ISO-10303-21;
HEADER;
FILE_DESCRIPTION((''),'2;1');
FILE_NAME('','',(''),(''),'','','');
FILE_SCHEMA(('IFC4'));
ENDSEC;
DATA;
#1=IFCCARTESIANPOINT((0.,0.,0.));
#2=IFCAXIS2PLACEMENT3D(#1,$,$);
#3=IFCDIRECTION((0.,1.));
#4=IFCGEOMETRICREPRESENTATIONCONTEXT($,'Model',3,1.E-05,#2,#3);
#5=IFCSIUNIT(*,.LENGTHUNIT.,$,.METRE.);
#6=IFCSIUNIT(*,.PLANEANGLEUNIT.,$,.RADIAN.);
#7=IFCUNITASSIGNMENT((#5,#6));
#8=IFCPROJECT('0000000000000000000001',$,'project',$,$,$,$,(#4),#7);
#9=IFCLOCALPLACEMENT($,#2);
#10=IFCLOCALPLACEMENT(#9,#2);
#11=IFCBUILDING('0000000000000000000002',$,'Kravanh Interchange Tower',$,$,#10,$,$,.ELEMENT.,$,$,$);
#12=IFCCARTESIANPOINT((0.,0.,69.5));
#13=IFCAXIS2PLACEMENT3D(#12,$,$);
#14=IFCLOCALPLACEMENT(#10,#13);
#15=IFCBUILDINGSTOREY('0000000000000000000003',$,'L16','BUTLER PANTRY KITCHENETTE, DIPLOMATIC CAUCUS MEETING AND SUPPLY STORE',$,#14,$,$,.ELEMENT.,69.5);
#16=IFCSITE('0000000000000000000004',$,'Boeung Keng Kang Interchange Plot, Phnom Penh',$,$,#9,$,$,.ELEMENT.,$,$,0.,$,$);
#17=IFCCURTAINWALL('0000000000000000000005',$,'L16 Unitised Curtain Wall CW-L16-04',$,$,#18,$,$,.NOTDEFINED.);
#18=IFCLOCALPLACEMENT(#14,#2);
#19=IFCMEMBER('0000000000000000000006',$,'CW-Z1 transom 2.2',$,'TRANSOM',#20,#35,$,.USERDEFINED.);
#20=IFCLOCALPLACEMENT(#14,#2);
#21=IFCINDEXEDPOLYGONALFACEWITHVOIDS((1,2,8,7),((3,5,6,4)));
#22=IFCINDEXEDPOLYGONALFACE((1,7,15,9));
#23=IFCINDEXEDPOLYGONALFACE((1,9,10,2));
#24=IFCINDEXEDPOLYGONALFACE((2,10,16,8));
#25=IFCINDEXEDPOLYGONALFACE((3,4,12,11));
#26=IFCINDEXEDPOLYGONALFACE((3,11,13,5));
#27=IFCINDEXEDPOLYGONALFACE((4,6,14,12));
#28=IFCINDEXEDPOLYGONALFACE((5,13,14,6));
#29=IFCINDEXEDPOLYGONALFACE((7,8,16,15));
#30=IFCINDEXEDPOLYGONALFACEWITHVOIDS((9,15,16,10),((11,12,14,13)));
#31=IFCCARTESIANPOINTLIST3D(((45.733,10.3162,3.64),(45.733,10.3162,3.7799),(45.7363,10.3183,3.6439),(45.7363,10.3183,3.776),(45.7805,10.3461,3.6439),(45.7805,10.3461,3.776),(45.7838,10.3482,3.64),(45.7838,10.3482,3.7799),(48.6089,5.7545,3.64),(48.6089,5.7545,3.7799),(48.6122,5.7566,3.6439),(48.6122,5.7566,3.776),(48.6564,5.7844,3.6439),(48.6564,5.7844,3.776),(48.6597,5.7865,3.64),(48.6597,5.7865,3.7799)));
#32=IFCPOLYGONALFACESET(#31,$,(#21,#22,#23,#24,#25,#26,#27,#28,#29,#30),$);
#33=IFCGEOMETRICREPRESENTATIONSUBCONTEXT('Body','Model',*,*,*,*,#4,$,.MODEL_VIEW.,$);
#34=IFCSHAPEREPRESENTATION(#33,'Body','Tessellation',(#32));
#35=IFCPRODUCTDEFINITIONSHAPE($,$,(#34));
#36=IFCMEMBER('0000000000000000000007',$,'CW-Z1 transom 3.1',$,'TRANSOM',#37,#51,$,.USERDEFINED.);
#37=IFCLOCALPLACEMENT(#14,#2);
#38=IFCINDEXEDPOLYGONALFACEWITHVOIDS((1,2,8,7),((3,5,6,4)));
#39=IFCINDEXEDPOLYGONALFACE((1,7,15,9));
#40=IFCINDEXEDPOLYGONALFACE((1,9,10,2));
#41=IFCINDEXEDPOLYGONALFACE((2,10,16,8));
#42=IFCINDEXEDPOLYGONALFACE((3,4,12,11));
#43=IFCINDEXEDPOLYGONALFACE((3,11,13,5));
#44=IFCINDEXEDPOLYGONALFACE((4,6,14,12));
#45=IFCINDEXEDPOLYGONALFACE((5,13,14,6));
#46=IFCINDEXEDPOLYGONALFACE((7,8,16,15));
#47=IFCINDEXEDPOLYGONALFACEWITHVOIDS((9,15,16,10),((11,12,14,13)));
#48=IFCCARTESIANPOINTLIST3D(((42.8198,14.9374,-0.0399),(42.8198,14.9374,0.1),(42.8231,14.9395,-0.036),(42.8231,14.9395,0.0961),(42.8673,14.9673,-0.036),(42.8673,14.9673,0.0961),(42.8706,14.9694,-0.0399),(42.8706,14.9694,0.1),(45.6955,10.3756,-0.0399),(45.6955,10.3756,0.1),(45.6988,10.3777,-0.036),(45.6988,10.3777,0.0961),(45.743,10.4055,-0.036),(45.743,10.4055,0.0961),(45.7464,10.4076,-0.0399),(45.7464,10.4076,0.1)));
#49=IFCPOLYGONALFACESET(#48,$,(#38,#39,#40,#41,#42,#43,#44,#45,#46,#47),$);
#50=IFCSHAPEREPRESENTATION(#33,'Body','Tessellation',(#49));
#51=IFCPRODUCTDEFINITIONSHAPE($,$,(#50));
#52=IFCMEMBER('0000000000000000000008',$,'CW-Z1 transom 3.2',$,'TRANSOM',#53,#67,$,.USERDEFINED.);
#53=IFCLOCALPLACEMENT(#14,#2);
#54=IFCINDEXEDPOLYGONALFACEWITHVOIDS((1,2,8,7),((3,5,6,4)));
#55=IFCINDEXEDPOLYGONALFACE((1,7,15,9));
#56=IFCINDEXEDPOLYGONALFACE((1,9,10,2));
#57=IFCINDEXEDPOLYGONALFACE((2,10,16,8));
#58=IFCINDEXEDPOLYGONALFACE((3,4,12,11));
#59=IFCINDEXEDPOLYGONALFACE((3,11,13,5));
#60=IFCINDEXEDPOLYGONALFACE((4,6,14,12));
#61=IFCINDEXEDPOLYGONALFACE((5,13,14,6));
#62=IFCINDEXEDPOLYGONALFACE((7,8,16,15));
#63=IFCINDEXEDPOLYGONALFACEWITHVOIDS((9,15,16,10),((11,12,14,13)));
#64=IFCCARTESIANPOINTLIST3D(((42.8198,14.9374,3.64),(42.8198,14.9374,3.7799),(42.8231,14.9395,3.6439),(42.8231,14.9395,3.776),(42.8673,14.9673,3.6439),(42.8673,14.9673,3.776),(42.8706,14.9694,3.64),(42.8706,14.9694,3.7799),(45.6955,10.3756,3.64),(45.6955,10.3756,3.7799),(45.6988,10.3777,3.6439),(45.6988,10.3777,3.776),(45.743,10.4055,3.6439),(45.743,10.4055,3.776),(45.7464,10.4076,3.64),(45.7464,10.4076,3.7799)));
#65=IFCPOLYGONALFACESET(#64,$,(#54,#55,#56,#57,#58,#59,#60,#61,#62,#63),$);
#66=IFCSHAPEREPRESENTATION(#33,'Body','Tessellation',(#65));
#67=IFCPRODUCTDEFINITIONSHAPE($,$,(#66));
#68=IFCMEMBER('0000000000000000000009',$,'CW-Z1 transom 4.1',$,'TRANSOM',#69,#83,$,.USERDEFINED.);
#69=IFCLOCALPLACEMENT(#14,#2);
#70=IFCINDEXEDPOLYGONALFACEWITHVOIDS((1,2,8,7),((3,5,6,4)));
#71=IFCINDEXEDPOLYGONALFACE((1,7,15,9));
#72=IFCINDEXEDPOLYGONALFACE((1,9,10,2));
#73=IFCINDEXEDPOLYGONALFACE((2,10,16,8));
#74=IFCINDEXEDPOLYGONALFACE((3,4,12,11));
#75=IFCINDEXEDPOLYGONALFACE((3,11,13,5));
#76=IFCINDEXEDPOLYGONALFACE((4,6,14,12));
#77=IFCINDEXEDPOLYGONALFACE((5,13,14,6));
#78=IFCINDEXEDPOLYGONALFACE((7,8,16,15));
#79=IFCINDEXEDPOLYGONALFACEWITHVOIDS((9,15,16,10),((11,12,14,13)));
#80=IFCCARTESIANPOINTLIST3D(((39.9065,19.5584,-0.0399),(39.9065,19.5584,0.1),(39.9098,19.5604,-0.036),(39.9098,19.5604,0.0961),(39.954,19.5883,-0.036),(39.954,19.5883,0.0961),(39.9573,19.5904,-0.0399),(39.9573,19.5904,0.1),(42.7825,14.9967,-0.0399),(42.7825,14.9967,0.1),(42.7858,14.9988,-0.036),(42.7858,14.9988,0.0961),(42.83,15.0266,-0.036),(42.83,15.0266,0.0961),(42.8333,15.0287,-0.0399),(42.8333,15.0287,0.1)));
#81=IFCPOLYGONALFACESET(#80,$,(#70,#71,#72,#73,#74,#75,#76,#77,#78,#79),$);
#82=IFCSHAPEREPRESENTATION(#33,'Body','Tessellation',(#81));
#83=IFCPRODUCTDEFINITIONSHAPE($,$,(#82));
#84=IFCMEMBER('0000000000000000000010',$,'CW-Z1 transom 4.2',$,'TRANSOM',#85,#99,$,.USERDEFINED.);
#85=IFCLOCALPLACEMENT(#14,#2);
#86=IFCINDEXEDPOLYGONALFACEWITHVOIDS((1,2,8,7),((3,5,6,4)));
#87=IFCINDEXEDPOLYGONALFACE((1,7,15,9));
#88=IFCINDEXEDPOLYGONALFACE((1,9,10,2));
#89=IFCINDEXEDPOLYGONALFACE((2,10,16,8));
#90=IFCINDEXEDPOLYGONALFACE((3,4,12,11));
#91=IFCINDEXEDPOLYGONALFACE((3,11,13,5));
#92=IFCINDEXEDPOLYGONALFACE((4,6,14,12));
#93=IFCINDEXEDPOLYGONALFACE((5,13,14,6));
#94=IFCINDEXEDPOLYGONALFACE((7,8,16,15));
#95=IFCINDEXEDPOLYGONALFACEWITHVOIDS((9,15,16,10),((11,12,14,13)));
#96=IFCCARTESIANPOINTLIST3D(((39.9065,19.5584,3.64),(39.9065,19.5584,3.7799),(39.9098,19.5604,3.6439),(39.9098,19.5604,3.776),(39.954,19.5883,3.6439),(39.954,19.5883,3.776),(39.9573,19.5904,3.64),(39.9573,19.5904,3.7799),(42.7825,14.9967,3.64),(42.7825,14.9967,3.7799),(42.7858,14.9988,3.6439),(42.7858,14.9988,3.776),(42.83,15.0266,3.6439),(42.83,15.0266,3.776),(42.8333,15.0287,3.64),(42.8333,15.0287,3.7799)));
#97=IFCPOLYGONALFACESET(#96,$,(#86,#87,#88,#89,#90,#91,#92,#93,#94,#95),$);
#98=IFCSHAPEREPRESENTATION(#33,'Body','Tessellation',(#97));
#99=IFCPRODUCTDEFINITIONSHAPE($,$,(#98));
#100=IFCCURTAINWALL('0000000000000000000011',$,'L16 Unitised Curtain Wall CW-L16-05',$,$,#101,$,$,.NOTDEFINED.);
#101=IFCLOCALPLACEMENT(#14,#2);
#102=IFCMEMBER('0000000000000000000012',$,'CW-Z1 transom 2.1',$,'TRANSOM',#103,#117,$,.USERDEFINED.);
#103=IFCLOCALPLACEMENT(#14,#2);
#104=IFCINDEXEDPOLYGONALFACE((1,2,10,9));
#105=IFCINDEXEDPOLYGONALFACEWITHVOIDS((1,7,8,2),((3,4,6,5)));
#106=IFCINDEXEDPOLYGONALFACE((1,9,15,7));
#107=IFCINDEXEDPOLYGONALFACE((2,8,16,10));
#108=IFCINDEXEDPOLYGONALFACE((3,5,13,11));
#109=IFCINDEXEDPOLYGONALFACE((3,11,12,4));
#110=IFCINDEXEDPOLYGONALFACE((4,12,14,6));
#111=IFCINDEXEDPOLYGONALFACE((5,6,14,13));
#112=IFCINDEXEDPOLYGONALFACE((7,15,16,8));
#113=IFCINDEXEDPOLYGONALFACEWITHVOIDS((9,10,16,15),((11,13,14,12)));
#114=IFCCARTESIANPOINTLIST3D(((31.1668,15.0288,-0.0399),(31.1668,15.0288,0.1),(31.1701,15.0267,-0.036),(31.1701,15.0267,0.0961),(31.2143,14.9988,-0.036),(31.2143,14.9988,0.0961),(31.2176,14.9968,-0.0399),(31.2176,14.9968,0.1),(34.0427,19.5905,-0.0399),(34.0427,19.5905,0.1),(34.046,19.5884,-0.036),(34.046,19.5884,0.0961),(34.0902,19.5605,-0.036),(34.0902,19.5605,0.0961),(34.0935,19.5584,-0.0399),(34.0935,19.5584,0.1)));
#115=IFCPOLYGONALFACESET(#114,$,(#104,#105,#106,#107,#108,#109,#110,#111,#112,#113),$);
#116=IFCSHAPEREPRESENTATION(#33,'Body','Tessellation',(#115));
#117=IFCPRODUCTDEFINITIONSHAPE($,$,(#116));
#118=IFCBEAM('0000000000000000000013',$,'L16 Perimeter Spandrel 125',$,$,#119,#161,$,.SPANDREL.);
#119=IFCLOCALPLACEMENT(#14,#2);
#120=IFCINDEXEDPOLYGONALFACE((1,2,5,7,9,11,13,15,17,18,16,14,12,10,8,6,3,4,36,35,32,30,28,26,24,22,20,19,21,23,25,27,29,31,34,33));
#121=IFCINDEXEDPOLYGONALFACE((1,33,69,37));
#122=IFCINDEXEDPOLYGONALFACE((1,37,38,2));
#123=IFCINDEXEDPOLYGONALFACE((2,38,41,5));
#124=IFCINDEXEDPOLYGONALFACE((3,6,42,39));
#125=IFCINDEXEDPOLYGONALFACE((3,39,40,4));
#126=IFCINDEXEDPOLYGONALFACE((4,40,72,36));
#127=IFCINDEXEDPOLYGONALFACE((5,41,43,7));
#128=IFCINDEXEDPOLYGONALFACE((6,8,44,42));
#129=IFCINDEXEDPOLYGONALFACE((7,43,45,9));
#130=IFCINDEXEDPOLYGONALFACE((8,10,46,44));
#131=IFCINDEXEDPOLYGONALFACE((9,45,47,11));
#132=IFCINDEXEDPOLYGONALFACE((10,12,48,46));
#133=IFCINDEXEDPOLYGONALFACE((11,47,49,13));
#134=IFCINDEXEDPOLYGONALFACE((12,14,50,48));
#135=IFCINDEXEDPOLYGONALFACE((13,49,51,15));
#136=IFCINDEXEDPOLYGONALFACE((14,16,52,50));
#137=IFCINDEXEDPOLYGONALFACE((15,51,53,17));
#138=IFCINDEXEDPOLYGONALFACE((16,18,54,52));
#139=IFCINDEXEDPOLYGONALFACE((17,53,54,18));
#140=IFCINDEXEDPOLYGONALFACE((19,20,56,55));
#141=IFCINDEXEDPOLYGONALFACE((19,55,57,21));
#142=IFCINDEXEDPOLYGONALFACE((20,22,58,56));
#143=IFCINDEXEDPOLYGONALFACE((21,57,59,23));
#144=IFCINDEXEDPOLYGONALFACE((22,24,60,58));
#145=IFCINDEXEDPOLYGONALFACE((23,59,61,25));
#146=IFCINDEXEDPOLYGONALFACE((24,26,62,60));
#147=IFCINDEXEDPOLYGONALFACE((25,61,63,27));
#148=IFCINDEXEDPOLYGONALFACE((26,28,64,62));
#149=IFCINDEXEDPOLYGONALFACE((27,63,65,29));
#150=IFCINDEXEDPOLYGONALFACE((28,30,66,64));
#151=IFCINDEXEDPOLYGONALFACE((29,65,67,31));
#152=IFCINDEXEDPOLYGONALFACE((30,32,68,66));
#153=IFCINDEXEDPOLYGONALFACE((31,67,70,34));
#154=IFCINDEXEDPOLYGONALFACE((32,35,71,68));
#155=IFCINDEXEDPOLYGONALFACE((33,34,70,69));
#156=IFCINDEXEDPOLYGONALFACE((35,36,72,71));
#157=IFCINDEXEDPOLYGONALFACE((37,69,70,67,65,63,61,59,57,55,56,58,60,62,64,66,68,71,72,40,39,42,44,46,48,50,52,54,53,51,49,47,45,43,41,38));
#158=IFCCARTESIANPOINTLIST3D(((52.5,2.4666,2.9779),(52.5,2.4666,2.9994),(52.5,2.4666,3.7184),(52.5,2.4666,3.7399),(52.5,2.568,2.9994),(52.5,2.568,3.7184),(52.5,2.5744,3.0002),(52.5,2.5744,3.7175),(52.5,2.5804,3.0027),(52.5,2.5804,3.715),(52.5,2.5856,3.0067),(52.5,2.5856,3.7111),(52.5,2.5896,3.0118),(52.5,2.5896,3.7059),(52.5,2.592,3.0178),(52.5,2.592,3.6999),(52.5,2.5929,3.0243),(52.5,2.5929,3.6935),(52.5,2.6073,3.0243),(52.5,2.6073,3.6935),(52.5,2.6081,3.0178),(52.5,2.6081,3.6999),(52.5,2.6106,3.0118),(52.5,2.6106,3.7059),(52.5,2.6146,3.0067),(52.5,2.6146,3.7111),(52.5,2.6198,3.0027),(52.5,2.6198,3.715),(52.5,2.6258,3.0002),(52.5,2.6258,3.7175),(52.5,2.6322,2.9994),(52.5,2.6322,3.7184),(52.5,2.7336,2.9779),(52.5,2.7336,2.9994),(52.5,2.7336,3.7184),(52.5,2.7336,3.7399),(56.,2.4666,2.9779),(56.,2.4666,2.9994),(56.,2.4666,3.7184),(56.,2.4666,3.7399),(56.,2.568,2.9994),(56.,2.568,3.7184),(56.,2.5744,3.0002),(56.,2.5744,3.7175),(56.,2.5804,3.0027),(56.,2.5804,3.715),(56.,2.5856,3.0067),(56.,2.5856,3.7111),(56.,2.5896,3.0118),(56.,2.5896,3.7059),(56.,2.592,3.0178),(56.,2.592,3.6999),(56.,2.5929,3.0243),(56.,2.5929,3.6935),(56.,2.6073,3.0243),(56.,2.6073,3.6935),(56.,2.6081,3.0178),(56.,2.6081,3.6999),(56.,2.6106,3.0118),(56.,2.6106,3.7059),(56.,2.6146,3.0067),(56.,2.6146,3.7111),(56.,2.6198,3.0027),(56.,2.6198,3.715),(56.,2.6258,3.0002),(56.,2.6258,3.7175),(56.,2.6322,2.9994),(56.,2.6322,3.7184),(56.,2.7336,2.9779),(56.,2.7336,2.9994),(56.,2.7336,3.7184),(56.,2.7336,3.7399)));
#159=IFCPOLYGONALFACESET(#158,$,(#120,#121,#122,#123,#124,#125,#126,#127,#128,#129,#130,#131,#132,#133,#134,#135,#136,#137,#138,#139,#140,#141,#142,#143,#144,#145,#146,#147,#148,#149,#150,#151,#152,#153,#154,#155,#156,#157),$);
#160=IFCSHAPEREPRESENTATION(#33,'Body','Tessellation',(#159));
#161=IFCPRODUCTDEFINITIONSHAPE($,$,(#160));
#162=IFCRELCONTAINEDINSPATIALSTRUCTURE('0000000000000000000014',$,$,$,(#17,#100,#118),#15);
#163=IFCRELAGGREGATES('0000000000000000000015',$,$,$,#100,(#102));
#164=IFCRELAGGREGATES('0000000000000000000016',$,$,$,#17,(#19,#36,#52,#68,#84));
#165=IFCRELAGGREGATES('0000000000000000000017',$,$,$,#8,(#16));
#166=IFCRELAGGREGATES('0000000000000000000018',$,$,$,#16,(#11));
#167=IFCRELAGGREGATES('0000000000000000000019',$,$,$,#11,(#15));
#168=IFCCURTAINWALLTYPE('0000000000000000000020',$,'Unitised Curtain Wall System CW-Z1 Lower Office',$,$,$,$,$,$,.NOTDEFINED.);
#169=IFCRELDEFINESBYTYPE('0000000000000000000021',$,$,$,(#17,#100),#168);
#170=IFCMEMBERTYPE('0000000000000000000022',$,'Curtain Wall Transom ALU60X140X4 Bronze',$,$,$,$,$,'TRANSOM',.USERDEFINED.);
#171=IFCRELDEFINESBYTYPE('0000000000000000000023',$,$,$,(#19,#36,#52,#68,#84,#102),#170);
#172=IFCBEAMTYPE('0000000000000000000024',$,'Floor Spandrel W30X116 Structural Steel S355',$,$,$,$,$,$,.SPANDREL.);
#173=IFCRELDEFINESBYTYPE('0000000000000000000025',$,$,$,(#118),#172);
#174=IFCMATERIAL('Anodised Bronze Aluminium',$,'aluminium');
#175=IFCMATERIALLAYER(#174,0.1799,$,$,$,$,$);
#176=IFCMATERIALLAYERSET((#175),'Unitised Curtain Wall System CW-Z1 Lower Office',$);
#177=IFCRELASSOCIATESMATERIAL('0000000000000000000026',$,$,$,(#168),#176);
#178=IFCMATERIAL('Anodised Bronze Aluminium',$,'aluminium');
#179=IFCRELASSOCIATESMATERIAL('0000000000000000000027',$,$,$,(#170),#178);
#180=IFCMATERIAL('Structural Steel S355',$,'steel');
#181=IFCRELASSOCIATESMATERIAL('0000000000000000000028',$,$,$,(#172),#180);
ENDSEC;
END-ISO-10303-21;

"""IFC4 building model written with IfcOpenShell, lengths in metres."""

from ifc_helpers import new_model, si_unit, direction, frame, origin, origin_2d, place, context, subcontext, project, spatial, hollow_rectangle, i_section, extrude, material, layer, layer_set, material_profile, profile_set, type_object, element, aggregate, save


model = new_model("IFC4")

# Units and contexts
model_context = context("Model", 3, precision=1e-05, world=origin(), true_north=direction((0.0, 1.0)))
body_context = subcontext(model_context, "Body", "Model", "MODEL_VIEW")
ifc_project = project(units=[si_unit("LENGTHUNIT", "METRE"), si_unit("PLANEANGLEUNIT", "RADIAN")], contexts=[model_context])

# Site, building, storey
site_placement = place(None, origin())
site = spatial("IfcSite", under=ifc_project, at=site_placement, Name="Boeung Keng Kang Interchange Plot, Phnom Penh", CompositionType="ELEMENT", RefElevation=0.0)
building_placement = place(site_placement, origin())
building = spatial("IfcBuilding", under=site, at=building_placement, Name="Kravanh Interchange Tower", CompositionType="ELEMENT")
storey_placement = place(building_placement, frame((0.0, 0.0, 69.5)))
storey = spatial("IfcBuildingStorey", under=building, at=storey_placement, Name="L16", Description="BUTLER PANTRY KITCHENETTE, DIPLOMATIC CAUCUS MEETING AND SUPPLY STORE", CompositionType="ELEMENT", Elevation=69.5)

# Shared definitions
ifc_material_1 = material(Name="Anodised Bronze Aluminium", Category="aluminium")
ifc_layer_1 = layer(ifc_material_1, 0.1799)
ifc_layer_set_1 = layer_set([ifc_layer_1], Name="Unitised Curtain Wall System CW-Z1 Lower Office")
curtain_wall_type = type_object("IfcCurtainWallType", Name="Unitised Curtain Wall System CW-Z1 Lower Office", PredefinedType="NOTDEFINED", material=ifc_layer_set_1)

# Curtain wall, members
curtain_wall_1_placement = place(storey_placement, origin())
curtain_wall_1 = element("IfcCurtainWall", 1, at=curtain_wall_1_placement, inside=storey, type_object=curtain_wall_type, Name="L16 Unitised Curtain Wall CW-L16-04", PredefinedType="NOTDEFINED")
ifc_material_2 = material(Name="Anodised Bronze Aluminium", Category="aluminium")
ifc_material_profile_1 = material_profile(ifc_material_2, hollow_rectangle(XDim=0.0601, YDim=0.1399, WallThickness=0.0039, at=origin_2d()), Name="ALU60X140X4")
ifc_profile_set_1 = profile_set([ifc_material_profile_1], Name="Anodised Bronze Aluminium")
member_type_1 = type_object("IfcMemberType", Name="Curtain Wall Transom ALU60X140X4 Bronze", ElementType="TRANSOM", PredefinedType="USERDEFINED", material=ifc_profile_set_1)
member_1_placement = place(storey_placement, frame((48.6343, 5.7705, 3.71), z_axis=(-0.533311, 0.845919, 0.0), x_axis=(-0.845919, -0.533311, 0.0)))
member_1 = element("IfcMember", 2, at=member_1_placement, type_object=member_type_1, Name="CW-Z1 transom 2.2", ObjectType="TRANSOM", PredefinedType="USERDEFINED", context=body_context, shape_type="SweptSolid", body=[
    extrude(hollow_rectangle(XDim=0.0601, YDim=0.1399, WallThickness=0.0039, at=origin_2d()), origin(), (0.0, 0.0, 1.0), 5.3926),
])
member_2_placement = place(storey_placement, frame((45.7209, 10.3916, 0.03), z_axis=(-0.533279, 0.845939, 0.0), x_axis=(-0.845939, -0.533279, 0.0)))
member_2 = element("IfcMember", 3, at=member_2_placement, type_object=member_type_1, Name="CW-Z1 transom 3.1", ObjectType="TRANSOM", PredefinedType="USERDEFINED", context=body_context, shape_type="SweptSolid", body=[
    extrude(hollow_rectangle(XDim=0.0601, YDim=0.1399, WallThickness=0.0039, at=origin_2d()), origin(), (0.0, 0.0, 1.0), 5.3926),
])
member_3_placement = place(storey_placement, frame((45.7209, 10.3916, 3.71), z_axis=(-0.533279, 0.845939, 0.0), x_axis=(-0.845939, -0.533279, 0.0)))
member_3 = element("IfcMember", 4, at=member_3_placement, type_object=member_type_1, Name="CW-Z1 transom 3.2", ObjectType="TRANSOM", PredefinedType="USERDEFINED", context=body_context, shape_type="SweptSolid", body=[
    extrude(hollow_rectangle(XDim=0.0601, YDim=0.1399, WallThickness=0.0039, at=origin_2d()), origin(), (0.0, 0.0, 1.0), 5.3926),
])
member_4_placement = place(storey_placement, frame((42.8079, 15.0127, 0.03), z_axis=(-0.533311, 0.845919, 0.0), x_axis=(-0.845919, -0.533311, 0.0)))
member_4 = element("IfcMember", 5, at=member_4_placement, type_object=member_type_1, Name="CW-Z1 transom 4.1", ObjectType="TRANSOM", PredefinedType="USERDEFINED", context=body_context, shape_type="SweptSolid", body=[
    extrude(hollow_rectangle(XDim=0.0601, YDim=0.1399, WallThickness=0.0039, at=origin_2d()), origin(), (0.0, 0.0, 1.0), 5.3926),
])
member_5_placement = place(storey_placement, frame((42.8079, 15.0127, 3.71), z_axis=(-0.533311, 0.845919, 0.0), x_axis=(-0.845919, -0.533311, 0.0)))
member_5 = element("IfcMember", 6, at=member_5_placement, type_object=member_type_1, Name="CW-Z1 transom 4.2", ObjectType="TRANSOM", PredefinedType="USERDEFINED", context=body_context, shape_type="SweptSolid", body=[
    extrude(hollow_rectangle(XDim=0.0601, YDim=0.1399, WallThickness=0.0039, at=origin_2d()), origin(), (0.0, 0.0, 1.0), 5.3926),
])

# Curtain wall, member
curtain_wall_2_placement = place(storey_placement, origin())
curtain_wall_2 = element("IfcCurtainWall", 7, at=curtain_wall_2_placement, inside=storey, type_object=curtain_wall_type, Name="L16 Unitised Curtain Wall CW-L16-05", PredefinedType="NOTDEFINED")
member_6_placement = place(storey_placement, frame((34.0681, 19.5745, 0.03), z_axis=(-0.533311, -0.845919, 0.0), x_axis=(0.845919, -0.533311, 0.0)))
member_6 = element("IfcMember", 8, at=member_6_placement, type_object=member_type_1, Name="CW-Z1 transom 2.1", ObjectType="TRANSOM", PredefinedType="USERDEFINED", context=body_context, shape_type="SweptSolid", body=[
    extrude(hollow_rectangle(XDim=0.0601, YDim=0.1399, WallThickness=0.0039, at=origin_2d()), origin(), (0.0, 0.0, 1.0), 5.3926),
])
aggregate(curtain_wall_2, [member_6])

# Beam
ifc_material_3 = material(Name="Structural Steel S355", Category="steel")
ifc_material_profile_2 = material_profile(ifc_material_3, i_section(OverallWidth=0.2671, OverallDepth=0.762, WebThickness=0.0144, FlangeThickness=0.0215, FilletRadius=0.0249, at=origin_2d()), Name="W30X116")
ifc_profile_set_2 = profile_set([ifc_material_profile_2], Name="Structural Steel S355")
beam_type = type_object("IfcBeamType", Name="Floor Spandrel W30X116 Structural Steel S355", PredefinedType="SPANDREL", material=ifc_profile_set_2)
beam_1_placement = place(storey_placement, frame((52.5, 2.6001, 3.3589), z_axis=(1.0, 0.0, 0.0), x_axis=(0.0, 1.0, 0.0)))
element("IfcBeam", 9, at=beam_1_placement, inside=storey, type_object=beam_type, Name="L16 Perimeter Spandrel 125", PredefinedType="SPANDREL", context=body_context, shape_type="SweptSolid", body=[
    extrude(i_section(OverallWidth=0.2671, OverallDepth=0.762, WebThickness=0.0144, FlangeThickness=0.0215, FilletRadius=0.0249, at=origin_2d()), origin(), (0.0, 0.0, 1.0), 3.5),
])

aggregate(curtain_wall_1, [member_1, member_2, member_3, member_4, member_5])

save(model, "model.ifc")
